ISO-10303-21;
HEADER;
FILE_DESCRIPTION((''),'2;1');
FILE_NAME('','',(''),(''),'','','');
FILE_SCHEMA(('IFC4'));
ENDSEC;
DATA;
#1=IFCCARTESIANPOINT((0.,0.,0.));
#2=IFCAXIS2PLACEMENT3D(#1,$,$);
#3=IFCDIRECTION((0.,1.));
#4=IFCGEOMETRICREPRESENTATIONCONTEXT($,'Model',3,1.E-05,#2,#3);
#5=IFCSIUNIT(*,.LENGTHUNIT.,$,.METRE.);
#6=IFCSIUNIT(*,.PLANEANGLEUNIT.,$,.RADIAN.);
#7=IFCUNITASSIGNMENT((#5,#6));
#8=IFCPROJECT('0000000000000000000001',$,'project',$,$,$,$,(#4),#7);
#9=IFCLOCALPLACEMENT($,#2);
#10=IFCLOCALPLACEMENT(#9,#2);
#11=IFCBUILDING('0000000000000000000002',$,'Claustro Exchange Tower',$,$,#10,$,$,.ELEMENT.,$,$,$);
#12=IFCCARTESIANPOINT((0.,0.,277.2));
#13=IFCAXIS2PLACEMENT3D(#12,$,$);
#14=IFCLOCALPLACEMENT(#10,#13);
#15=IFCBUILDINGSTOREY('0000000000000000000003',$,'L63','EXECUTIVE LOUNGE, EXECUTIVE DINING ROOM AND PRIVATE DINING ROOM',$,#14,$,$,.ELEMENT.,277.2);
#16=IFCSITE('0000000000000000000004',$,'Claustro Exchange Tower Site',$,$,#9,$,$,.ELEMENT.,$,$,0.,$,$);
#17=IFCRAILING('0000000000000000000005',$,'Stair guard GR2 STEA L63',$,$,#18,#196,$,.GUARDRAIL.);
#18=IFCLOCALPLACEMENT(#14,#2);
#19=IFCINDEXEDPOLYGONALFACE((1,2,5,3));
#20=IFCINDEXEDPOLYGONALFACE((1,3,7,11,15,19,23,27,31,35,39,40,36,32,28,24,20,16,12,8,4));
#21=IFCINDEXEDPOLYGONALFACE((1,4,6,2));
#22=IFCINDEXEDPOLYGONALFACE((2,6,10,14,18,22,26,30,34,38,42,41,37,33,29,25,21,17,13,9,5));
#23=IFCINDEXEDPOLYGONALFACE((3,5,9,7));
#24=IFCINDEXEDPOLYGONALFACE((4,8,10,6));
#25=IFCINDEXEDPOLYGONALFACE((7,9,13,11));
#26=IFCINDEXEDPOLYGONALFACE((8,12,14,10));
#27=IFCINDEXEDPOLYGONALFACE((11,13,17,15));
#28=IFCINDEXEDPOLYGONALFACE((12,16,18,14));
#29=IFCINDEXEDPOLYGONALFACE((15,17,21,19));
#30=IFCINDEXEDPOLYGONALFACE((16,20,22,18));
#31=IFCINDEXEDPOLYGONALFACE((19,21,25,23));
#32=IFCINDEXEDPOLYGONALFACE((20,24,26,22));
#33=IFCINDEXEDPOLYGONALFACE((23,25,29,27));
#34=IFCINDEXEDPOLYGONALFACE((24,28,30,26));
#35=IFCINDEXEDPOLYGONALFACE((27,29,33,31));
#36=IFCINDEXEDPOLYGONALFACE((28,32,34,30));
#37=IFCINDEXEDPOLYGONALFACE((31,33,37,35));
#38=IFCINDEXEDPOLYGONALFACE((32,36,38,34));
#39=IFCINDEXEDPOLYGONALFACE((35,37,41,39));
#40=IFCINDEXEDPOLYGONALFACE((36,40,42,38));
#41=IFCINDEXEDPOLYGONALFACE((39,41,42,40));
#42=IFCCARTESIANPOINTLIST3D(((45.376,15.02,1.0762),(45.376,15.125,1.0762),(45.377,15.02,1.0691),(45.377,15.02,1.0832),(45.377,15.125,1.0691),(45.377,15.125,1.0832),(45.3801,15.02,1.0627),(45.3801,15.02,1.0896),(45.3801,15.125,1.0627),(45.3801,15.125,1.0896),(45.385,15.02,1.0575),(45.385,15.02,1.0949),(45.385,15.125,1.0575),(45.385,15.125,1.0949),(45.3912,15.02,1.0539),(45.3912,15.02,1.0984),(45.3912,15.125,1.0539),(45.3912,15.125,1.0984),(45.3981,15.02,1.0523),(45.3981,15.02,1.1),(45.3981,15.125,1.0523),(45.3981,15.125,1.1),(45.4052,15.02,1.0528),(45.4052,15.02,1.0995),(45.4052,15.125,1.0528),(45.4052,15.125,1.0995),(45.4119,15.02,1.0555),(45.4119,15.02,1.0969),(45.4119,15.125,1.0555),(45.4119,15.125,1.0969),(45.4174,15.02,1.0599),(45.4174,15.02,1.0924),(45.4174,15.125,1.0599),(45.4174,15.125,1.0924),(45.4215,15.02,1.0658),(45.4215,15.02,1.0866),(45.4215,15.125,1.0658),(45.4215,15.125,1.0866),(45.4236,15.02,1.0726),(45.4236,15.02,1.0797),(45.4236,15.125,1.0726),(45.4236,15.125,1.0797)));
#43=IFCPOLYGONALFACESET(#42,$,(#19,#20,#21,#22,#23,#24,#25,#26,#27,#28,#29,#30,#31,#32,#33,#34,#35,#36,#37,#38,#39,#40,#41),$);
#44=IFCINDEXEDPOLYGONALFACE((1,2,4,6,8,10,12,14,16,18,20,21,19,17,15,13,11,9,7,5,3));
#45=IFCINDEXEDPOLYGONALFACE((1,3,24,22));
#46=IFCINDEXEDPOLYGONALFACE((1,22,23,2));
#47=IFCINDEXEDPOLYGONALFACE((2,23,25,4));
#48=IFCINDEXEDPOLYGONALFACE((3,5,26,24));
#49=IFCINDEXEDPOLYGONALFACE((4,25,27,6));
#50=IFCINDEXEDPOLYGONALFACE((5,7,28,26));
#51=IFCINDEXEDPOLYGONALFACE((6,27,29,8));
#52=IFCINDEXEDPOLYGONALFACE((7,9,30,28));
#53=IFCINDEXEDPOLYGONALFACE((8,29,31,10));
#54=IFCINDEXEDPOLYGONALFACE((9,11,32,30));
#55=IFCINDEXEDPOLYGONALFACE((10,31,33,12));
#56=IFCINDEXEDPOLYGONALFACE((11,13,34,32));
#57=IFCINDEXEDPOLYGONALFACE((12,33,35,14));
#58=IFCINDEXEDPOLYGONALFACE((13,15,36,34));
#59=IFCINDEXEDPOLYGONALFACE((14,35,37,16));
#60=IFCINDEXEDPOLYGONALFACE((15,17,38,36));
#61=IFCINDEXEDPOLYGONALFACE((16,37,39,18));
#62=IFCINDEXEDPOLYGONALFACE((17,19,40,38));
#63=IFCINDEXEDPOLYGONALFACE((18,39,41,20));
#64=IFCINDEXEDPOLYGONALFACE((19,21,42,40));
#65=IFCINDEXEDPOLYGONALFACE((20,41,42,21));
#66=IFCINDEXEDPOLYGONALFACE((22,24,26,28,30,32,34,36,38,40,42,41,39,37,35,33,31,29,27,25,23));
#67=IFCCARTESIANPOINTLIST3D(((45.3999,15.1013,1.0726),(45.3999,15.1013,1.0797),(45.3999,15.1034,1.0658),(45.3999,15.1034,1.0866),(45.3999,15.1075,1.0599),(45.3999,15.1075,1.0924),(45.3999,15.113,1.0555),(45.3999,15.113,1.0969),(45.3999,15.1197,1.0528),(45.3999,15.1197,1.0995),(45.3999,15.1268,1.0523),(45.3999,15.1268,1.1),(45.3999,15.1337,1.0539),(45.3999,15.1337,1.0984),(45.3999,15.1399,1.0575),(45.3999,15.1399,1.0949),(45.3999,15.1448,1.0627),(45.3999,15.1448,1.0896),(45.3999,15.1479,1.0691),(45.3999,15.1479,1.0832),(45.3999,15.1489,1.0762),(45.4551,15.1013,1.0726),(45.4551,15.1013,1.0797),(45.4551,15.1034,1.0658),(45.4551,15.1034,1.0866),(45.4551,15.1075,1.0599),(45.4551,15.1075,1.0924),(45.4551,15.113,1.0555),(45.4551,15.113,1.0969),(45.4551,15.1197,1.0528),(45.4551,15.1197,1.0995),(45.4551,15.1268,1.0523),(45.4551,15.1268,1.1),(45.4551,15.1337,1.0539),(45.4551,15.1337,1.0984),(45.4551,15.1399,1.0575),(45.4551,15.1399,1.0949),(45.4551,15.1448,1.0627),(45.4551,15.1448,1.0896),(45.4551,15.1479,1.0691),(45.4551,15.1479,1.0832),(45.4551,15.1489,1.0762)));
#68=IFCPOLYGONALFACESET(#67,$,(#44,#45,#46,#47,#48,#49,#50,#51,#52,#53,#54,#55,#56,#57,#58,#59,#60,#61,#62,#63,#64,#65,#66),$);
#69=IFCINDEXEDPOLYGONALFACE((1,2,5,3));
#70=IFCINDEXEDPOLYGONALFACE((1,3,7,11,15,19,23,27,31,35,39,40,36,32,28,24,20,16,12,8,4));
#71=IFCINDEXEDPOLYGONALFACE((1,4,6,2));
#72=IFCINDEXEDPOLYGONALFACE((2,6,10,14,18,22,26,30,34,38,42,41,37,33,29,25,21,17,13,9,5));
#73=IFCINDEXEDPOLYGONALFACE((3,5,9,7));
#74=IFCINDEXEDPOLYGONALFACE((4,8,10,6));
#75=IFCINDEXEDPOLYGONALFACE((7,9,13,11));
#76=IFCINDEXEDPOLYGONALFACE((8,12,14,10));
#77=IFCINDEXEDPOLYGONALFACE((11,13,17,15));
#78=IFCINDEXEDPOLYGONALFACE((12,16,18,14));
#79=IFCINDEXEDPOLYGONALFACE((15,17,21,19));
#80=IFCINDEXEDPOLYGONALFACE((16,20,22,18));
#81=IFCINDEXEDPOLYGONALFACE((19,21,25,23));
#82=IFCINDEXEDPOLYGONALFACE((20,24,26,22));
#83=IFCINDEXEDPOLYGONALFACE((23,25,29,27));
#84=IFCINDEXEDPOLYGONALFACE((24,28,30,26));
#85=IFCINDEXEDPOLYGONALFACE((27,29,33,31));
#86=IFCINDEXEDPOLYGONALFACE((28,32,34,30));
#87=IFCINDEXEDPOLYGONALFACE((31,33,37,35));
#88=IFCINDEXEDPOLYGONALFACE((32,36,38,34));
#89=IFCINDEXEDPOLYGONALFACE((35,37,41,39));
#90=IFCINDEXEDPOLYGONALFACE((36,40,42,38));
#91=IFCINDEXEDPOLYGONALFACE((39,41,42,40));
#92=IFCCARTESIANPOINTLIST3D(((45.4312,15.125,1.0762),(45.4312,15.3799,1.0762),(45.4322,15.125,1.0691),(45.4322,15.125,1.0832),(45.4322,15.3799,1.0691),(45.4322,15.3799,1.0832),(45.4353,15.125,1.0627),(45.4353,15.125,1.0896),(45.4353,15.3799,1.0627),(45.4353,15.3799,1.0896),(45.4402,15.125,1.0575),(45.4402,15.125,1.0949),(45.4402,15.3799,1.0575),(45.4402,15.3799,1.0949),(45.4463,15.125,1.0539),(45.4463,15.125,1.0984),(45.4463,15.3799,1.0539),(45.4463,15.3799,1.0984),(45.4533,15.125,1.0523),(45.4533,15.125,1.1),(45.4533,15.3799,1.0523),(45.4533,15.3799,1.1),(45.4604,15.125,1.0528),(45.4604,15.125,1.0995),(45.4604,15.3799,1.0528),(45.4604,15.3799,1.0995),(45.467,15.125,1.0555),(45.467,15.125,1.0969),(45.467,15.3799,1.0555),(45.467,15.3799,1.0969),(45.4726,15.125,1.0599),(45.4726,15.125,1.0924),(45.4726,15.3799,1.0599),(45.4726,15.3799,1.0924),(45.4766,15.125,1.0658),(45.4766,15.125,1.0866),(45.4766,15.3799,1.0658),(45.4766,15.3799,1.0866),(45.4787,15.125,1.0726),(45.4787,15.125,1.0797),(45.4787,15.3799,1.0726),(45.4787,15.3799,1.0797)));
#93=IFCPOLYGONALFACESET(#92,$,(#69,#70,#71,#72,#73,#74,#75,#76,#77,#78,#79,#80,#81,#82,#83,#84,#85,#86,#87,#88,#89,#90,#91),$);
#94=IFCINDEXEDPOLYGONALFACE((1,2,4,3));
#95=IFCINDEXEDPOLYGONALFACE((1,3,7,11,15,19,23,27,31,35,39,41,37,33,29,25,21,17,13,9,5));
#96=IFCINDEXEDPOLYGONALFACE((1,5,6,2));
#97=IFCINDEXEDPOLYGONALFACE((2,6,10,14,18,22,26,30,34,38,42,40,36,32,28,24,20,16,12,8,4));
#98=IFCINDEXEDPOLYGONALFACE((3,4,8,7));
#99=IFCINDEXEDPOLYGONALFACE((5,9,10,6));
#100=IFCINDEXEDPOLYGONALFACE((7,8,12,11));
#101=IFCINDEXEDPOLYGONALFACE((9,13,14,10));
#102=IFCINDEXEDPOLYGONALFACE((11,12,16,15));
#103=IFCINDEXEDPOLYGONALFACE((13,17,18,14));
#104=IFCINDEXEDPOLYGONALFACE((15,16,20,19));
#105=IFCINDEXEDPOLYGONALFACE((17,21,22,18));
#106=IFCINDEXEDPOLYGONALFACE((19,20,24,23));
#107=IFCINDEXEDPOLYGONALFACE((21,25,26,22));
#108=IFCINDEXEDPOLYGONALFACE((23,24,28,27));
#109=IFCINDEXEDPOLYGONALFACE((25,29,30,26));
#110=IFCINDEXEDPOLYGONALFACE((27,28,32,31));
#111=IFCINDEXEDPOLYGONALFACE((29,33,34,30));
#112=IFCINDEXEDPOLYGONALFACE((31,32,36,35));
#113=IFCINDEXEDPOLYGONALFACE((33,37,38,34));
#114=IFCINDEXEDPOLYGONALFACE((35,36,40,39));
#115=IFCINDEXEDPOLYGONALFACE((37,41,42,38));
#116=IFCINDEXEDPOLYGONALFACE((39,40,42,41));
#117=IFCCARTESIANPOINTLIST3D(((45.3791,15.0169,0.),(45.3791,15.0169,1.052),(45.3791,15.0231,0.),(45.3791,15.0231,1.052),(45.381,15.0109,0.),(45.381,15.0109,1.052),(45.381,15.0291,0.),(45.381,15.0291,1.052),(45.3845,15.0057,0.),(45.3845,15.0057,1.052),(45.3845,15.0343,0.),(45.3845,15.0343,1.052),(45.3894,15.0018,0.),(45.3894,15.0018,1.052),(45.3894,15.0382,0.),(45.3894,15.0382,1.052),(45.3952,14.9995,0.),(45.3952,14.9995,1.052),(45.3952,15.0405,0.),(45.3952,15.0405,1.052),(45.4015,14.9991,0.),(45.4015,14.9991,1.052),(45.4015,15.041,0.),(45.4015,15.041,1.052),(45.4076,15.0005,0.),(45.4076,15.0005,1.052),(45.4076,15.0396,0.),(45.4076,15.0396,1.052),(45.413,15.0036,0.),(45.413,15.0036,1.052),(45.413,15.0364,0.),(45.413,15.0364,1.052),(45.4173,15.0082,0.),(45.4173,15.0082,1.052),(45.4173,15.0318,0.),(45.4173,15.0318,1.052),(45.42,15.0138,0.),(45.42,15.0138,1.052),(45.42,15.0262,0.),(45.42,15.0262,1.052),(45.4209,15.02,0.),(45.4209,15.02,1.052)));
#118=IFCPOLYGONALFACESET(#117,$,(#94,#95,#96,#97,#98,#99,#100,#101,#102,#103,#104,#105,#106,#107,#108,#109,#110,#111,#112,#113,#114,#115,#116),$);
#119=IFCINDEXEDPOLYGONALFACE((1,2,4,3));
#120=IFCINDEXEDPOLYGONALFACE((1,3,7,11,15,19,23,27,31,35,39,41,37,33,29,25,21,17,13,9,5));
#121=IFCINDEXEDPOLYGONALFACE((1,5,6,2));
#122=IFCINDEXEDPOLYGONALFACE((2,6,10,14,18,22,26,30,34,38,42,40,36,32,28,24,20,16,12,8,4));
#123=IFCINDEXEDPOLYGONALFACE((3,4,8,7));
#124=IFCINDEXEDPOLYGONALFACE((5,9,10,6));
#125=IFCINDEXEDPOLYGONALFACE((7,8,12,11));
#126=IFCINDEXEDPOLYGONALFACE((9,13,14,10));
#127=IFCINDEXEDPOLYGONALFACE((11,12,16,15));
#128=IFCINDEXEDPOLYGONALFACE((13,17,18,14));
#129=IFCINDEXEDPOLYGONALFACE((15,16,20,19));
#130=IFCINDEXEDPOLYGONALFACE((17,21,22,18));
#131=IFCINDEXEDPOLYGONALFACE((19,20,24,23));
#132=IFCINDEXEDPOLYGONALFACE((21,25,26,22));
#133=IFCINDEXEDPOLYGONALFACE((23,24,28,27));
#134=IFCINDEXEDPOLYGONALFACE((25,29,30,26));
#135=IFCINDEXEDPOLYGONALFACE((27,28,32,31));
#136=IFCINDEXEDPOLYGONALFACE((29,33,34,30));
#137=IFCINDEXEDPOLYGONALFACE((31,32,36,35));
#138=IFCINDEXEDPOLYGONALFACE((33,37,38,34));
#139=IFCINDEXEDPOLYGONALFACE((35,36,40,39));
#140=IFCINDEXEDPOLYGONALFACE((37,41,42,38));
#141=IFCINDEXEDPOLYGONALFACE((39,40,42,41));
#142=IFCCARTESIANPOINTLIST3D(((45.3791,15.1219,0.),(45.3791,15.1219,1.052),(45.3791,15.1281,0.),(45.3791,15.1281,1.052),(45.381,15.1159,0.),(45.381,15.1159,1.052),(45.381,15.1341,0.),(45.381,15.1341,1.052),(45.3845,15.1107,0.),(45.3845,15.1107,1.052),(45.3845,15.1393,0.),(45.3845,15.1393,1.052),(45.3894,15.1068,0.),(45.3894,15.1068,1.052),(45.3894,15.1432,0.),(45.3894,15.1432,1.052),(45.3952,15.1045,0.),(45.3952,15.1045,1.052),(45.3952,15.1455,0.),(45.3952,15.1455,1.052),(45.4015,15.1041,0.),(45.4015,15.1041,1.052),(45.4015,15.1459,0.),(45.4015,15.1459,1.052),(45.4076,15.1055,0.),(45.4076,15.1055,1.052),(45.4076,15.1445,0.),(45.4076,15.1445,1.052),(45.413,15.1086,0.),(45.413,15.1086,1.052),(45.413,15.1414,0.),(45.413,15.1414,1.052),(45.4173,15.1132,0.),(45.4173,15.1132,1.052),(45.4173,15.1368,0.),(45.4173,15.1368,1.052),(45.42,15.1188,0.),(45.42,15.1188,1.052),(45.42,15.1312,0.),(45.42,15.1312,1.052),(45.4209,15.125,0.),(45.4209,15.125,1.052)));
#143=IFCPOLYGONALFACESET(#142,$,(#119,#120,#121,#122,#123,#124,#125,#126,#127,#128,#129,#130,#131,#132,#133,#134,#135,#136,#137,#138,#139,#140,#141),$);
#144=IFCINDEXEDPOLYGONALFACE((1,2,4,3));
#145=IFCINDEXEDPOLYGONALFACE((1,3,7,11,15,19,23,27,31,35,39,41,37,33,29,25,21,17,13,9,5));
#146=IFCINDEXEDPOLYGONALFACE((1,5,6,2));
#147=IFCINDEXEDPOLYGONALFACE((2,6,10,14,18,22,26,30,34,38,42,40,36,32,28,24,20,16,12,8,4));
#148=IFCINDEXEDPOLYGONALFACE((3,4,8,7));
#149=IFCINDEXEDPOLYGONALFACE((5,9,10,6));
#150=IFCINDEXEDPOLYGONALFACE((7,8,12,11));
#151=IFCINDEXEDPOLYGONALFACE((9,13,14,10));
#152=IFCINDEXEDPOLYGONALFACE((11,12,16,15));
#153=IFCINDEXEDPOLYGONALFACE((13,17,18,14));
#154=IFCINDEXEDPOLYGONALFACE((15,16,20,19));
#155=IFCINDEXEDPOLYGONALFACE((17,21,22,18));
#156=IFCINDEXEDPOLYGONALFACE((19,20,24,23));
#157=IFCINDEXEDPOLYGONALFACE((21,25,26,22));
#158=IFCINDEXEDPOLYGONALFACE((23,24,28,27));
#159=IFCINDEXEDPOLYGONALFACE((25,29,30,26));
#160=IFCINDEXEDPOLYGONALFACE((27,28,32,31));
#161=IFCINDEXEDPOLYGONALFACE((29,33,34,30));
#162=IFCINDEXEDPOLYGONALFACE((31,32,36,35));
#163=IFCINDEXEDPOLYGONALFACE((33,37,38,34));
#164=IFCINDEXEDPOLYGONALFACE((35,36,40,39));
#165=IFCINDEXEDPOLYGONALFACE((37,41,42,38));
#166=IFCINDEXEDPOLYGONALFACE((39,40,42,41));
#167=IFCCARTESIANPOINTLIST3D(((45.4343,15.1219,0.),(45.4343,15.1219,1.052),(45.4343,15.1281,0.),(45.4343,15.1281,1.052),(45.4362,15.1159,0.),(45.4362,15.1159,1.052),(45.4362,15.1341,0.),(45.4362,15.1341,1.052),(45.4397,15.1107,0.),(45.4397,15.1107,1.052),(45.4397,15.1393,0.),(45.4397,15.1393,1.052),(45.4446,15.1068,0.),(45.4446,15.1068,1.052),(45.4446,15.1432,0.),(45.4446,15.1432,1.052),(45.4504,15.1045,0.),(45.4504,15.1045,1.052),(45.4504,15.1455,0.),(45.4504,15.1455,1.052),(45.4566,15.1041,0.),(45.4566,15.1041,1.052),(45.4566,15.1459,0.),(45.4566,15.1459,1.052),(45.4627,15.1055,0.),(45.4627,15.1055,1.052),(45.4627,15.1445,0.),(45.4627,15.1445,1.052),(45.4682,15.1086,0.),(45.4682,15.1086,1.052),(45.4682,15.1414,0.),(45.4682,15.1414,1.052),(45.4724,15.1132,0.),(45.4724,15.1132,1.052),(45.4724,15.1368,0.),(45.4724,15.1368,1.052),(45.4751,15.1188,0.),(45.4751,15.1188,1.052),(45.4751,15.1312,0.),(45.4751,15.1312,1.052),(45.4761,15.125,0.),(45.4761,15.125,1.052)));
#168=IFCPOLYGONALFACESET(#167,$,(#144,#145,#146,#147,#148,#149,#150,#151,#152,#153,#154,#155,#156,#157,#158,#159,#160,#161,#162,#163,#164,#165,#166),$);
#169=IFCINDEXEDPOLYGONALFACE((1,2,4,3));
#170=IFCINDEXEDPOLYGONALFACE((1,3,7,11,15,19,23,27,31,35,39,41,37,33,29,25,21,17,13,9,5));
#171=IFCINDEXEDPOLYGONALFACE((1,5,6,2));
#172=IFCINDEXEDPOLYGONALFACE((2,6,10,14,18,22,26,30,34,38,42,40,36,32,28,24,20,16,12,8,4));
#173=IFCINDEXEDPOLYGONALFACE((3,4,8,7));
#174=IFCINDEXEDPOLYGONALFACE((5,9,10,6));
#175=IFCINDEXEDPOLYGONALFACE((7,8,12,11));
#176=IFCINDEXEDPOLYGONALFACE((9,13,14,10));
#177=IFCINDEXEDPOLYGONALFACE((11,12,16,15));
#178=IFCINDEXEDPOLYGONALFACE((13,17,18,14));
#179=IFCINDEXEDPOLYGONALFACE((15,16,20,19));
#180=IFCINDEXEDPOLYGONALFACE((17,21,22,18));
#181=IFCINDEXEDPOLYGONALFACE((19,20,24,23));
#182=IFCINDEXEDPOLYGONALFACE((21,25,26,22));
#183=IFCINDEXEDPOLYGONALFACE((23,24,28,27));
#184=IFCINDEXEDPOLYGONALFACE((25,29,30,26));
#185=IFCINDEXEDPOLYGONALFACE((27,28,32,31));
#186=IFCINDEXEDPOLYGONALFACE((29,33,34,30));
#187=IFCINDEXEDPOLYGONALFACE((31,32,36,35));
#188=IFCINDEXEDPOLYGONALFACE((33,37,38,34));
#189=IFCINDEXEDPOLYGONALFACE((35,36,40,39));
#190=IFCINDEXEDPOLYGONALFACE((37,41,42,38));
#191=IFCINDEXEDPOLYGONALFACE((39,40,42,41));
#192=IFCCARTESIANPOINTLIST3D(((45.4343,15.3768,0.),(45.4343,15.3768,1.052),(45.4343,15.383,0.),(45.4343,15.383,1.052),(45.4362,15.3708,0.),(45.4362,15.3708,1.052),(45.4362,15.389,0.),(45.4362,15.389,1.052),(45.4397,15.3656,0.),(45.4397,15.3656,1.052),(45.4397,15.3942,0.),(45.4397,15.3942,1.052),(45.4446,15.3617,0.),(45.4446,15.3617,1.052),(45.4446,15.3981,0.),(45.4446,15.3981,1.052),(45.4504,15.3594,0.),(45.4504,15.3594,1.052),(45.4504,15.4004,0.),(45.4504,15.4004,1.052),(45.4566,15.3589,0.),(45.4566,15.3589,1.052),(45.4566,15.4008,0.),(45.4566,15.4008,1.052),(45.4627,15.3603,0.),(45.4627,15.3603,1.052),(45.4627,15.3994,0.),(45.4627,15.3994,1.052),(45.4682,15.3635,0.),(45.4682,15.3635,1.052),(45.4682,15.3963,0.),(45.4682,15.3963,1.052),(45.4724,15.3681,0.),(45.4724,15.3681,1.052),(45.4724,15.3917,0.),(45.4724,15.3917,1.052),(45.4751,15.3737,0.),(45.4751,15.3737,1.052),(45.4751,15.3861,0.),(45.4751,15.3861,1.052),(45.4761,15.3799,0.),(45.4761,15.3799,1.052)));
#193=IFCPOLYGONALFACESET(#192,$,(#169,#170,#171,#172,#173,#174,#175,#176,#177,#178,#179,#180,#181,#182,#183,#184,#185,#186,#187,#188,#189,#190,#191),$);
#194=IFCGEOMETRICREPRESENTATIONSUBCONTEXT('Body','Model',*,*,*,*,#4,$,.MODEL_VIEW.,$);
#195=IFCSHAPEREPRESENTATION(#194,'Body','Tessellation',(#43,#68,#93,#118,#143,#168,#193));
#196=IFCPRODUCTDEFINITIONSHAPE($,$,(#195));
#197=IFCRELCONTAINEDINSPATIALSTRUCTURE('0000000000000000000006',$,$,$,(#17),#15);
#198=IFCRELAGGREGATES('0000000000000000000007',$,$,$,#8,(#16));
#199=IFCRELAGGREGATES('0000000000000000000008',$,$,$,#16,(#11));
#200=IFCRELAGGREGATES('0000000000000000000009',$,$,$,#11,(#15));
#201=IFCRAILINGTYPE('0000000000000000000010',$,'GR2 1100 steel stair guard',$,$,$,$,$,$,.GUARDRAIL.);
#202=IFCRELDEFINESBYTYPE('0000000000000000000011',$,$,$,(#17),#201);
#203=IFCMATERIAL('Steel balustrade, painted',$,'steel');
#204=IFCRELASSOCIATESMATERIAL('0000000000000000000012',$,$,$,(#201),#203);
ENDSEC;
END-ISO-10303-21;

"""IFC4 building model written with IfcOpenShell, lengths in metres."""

from ifc_helpers import new_model, si_unit, direction, frame, origin, origin_2d, place, context, subcontext, project, spatial, circle, extrude, material, type_object, element, save


model = new_model("IFC4")

# Units and contexts
model_context = context("Model", 3, precision=1e-05, world=origin(), true_north=direction((0.0, 1.0)))
body_context = subcontext(model_context, "Body", "Model", "MODEL_VIEW")
ifc_project = project(units=[si_unit("LENGTHUNIT", "METRE"), si_unit("PLANEANGLEUNIT", "RADIAN")], contexts=[model_context])

# Site, building, storey
site_placement = place(None, origin())
site = spatial("IfcSite", under=ifc_project, at=site_placement, Name="Claustro Exchange Tower Site", CompositionType="ELEMENT", RefElevation=0.0)
building_placement = place(site_placement, origin())
building = spatial("IfcBuilding", under=site, at=building_placement, Name="Claustro Exchange Tower", CompositionType="ELEMENT")
storey_placement = place(building_placement, frame((0.0, 0.0, 277.2)))
storey = spatial("IfcBuildingStorey", under=building, at=storey_placement, Name="L63", Description="EXECUTIVE LOUNGE, EXECUTIVE DINING ROOM AND PRIVATE DINING ROOM", CompositionType="ELEMENT", Elevation=277.2)

# Railing
ifc_material_1 = material(Name="Steel balustrade, painted", Category="steel")
railing_type_1 = type_object("IfcRailingType", Name="GR2 1100 steel stair guard", PredefinedType="GUARDRAIL", material=ifc_material_1)
railing_1_placement = place(storey_placement, frame((45.3999, 15.02, 0.0)))
element("IfcRailing", 1, at=railing_1_placement, inside=storey, type_object=railing_type_1, Name="Stair guard GR2 STEA L63", PredefinedType="GUARDRAIL", context=body_context, shape_type="SweptSolid", body=[
    extrude(circle(Radius=0.0239, at=origin_2d()), frame((0.0, 0.0, 1.0762), z_axis=(0.0, 1.0, 0.0), x_axis=(-1.0, 0.0, 0.0)), (0.0, 0.0, 1.0), 0.105),
    extrude(circle(Radius=0.0239, at=origin_2d()), frame((0.0, 0.105, 1.0762), z_axis=(1.0, 0.0, 0.0), x_axis=(0.0, 1.0, 0.0)), (0.0, 0.0, 1.0), 0.0552),
    extrude(circle(Radius=0.0239, at=origin_2d()), frame((0.0552, 0.105, 1.0762), z_axis=(0.0, 1.0, 0.0), x_axis=(-1.0, 0.0, 0.0)), (0.0, 0.0, 1.0), 0.2549),
    extrude(circle(Radius=0.021, at=origin_2d()), origin(), (0.0, 0.0, 1.0), 1.052),
    extrude(circle(Radius=0.021, at=origin_2d()), frame((0.0, 0.105, 0.0)), (0.0, 0.0, 1.0), 1.052),
    extrude(circle(Radius=0.021, at=origin_2d()), frame((0.0552, 0.105, 0.0)), (0.0, 0.0, 1.0), 1.052),
    extrude(circle(Radius=0.021, at=origin_2d()), frame((0.0552, 0.3599, 0.0)), (0.0, 0.0, 1.0), 1.052),
])

save(model, "model.ifc")
